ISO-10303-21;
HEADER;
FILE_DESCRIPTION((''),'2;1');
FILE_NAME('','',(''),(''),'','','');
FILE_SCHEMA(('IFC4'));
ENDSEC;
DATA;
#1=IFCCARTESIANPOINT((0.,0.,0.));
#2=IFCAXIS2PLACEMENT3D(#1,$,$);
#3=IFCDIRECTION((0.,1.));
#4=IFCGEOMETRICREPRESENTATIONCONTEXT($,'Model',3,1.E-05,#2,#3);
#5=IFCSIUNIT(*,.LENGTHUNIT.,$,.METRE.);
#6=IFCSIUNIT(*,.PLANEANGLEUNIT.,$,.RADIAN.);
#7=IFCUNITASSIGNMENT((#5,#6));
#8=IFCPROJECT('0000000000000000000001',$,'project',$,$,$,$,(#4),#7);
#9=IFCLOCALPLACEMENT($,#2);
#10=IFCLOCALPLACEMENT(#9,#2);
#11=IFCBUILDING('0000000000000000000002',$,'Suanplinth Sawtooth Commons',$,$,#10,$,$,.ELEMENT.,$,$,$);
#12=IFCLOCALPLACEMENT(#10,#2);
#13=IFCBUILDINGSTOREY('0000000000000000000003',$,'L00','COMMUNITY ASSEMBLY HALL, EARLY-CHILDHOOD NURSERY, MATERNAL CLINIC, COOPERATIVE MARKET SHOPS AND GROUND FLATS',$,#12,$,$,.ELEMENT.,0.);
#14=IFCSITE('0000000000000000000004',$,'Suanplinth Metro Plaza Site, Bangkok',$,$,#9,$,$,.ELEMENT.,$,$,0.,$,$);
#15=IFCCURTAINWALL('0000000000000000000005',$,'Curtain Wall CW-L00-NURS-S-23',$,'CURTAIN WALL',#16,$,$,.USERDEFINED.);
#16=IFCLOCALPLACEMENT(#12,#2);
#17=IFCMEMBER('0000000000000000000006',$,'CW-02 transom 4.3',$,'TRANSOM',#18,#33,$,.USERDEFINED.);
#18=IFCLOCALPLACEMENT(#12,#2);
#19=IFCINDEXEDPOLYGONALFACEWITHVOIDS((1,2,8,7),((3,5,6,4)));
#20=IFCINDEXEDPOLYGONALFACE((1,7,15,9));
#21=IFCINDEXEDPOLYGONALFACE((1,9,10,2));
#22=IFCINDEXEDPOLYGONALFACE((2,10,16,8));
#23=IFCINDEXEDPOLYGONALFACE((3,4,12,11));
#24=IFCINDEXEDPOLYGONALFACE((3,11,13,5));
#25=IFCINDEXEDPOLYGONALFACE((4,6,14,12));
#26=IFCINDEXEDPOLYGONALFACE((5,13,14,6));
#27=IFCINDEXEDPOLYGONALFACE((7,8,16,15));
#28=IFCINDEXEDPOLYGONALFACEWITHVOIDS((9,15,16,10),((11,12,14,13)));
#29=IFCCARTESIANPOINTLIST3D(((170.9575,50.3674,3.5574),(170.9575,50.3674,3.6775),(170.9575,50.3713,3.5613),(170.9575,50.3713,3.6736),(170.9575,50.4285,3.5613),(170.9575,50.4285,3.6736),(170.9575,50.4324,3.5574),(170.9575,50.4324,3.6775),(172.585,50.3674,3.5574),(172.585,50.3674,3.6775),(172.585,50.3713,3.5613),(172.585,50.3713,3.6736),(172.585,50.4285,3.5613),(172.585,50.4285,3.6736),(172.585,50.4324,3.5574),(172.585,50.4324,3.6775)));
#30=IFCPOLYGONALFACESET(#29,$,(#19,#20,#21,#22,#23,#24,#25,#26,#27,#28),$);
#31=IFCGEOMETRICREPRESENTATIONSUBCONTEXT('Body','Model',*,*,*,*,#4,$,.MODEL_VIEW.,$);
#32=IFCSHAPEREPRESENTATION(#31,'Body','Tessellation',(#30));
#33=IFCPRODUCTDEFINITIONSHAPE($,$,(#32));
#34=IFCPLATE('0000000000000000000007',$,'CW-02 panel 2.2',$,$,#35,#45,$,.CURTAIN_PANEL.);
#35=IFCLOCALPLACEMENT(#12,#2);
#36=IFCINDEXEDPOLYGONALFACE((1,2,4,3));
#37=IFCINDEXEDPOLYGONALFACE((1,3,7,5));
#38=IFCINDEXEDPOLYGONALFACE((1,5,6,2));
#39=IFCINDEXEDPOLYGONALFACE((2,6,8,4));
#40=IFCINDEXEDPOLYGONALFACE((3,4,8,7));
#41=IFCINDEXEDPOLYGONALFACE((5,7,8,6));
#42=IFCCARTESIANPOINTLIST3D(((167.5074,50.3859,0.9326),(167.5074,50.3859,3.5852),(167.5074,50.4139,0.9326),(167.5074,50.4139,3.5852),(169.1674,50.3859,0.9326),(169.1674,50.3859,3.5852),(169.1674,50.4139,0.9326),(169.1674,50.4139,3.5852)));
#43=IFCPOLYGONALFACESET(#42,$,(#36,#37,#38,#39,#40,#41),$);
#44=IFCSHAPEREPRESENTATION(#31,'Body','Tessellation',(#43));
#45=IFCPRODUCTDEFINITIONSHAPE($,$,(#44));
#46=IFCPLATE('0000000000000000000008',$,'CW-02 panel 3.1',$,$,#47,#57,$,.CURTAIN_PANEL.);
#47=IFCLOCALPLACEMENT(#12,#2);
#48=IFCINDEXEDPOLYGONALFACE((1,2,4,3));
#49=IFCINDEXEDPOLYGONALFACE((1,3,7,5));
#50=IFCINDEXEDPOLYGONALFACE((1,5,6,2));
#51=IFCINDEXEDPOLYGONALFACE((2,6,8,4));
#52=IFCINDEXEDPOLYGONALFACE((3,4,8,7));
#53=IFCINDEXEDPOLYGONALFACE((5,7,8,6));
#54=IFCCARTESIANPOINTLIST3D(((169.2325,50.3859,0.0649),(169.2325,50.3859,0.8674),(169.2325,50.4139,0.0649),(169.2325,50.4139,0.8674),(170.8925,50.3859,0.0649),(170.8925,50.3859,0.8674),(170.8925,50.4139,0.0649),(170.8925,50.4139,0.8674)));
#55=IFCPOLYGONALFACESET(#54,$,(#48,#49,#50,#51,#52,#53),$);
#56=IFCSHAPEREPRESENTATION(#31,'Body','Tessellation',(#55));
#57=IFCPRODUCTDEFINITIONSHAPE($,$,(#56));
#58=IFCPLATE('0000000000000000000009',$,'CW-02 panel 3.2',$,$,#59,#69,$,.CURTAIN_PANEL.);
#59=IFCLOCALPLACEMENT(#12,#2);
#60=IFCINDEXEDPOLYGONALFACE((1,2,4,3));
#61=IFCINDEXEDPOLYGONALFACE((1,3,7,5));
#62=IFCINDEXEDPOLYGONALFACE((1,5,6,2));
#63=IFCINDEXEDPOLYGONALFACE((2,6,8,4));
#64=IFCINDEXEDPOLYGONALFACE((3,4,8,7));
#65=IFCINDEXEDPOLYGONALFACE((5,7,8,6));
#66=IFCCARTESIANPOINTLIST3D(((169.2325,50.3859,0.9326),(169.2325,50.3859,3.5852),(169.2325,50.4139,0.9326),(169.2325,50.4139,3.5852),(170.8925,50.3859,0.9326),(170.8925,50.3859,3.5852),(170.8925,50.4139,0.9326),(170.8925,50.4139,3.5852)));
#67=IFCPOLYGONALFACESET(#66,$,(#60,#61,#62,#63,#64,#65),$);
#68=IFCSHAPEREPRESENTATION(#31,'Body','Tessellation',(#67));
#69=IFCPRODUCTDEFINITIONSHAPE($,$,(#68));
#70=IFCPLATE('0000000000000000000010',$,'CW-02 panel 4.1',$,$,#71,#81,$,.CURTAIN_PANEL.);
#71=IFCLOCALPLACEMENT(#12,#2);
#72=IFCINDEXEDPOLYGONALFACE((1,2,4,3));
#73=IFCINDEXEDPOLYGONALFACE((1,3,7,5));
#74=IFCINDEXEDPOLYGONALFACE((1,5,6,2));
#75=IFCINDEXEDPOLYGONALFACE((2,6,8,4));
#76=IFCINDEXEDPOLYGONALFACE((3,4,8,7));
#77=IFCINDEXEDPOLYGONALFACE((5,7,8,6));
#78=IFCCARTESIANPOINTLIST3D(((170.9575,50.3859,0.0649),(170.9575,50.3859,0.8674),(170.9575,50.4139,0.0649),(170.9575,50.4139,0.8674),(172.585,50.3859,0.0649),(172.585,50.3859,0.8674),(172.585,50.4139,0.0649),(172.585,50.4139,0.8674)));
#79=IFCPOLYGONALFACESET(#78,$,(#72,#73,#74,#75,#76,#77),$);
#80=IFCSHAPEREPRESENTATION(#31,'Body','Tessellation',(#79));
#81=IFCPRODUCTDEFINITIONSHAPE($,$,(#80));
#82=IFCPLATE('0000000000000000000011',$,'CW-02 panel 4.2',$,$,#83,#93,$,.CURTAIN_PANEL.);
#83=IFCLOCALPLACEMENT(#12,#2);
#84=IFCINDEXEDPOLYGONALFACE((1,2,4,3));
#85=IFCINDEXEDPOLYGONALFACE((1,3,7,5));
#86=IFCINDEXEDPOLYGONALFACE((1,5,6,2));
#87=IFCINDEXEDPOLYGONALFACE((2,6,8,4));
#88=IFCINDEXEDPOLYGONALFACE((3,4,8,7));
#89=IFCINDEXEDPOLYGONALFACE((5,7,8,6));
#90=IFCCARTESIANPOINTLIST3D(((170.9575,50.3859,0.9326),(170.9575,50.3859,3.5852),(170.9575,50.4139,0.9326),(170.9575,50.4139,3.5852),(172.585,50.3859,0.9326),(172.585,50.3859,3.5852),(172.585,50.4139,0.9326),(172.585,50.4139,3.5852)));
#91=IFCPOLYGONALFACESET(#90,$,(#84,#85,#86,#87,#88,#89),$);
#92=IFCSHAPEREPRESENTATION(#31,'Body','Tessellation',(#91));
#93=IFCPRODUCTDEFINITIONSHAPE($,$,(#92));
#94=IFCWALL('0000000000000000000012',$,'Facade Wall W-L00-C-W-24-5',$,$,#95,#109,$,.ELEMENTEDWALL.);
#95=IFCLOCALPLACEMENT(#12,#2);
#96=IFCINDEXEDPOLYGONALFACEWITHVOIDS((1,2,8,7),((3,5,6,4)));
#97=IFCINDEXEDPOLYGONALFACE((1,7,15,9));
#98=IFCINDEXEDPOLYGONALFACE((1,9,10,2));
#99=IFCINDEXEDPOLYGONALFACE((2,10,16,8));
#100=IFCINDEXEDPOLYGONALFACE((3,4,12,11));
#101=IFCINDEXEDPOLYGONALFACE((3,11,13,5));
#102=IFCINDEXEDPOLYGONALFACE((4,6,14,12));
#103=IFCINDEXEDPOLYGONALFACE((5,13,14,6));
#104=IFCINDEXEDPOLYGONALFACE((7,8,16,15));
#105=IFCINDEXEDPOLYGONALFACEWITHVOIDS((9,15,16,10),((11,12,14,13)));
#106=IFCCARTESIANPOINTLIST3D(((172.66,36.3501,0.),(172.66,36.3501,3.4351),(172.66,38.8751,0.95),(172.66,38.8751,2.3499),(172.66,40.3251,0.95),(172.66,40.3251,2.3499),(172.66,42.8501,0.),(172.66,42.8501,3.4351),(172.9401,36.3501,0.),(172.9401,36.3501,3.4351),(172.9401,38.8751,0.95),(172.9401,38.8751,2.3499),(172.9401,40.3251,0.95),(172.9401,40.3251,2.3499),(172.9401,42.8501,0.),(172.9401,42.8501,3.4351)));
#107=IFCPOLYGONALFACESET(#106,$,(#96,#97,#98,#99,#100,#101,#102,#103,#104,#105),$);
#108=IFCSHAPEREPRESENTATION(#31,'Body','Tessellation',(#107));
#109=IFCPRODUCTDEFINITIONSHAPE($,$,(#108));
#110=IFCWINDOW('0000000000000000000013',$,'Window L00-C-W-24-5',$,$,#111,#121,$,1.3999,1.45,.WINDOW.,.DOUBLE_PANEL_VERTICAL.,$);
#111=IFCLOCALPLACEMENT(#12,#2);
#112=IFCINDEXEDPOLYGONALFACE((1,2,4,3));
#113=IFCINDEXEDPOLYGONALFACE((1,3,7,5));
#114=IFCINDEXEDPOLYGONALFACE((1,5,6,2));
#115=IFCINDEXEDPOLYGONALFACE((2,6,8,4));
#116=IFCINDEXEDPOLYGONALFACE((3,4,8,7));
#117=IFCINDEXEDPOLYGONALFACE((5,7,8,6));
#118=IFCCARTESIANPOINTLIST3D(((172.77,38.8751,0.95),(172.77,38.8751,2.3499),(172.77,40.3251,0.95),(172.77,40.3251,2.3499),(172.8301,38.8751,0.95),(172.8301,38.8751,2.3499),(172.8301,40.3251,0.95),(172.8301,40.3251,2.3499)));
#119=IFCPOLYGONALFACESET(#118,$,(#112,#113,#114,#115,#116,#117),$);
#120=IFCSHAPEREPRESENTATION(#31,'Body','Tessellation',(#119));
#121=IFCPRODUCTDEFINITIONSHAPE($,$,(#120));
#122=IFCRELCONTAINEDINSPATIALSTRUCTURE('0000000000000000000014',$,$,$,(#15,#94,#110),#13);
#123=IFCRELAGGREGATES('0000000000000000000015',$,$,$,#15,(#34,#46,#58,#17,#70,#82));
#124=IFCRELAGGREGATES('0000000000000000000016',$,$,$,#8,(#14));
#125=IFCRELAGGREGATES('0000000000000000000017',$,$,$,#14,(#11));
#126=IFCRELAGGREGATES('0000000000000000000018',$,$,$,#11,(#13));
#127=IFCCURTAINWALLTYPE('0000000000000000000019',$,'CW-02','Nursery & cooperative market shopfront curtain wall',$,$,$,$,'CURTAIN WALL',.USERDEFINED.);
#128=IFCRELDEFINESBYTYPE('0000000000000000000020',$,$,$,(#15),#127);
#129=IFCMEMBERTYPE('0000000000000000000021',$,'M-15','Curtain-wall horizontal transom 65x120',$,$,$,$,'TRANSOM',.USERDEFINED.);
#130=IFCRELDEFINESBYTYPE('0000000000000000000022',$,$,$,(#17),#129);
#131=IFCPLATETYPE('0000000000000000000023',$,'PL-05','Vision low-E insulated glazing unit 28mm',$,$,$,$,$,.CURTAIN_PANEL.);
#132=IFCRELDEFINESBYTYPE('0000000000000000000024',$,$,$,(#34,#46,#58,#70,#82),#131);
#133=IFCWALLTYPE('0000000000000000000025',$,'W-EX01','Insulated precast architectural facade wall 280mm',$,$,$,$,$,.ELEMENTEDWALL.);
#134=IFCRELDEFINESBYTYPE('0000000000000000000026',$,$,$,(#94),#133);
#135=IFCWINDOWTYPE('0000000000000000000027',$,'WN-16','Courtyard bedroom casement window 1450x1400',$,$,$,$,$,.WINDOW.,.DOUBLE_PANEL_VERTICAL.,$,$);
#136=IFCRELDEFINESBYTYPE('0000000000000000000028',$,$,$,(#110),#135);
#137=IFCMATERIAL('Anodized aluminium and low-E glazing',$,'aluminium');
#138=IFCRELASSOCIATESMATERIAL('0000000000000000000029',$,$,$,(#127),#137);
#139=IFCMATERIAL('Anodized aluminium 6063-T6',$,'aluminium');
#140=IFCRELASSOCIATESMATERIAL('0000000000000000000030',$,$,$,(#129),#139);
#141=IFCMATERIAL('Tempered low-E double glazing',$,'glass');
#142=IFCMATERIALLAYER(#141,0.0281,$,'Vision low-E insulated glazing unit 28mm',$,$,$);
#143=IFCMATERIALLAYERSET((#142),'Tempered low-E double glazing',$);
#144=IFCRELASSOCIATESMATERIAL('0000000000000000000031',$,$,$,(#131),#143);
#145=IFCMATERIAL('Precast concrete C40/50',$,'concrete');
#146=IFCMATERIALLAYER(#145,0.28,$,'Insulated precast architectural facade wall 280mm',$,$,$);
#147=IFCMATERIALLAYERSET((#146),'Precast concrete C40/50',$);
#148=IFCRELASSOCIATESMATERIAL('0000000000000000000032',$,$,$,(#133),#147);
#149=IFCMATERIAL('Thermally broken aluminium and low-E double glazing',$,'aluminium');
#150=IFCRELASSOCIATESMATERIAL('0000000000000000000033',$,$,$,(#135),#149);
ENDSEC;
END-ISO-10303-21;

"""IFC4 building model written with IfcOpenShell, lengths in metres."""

from ifc_helpers import new_model, si_unit, direction, frame, frame_2d, origin, origin_2d, place, context, subcontext, project, spatial, rectangle, hollow_rectangle, extrude, material, layer, layer_set, material_profile, profile_set, type_object, element, fill, aggregate, save


model = new_model("IFC4")

# Units and contexts
model_context = context("Model", 3, precision=1e-05, world=origin(), true_north=direction((0.0, 1.0)))
body_context = subcontext(model_context, "Body", "Model", "MODEL_VIEW")
ifc_project = project(units=[si_unit("LENGTHUNIT", "METRE"), si_unit("PLANEANGLEUNIT", "RADIAN")], contexts=[model_context])

# Site, building, storey
site_placement = place(None, origin())
site = spatial("IfcSite", under=ifc_project, at=site_placement, Name="Suanplinth Metro Plaza Site, Bangkok", CompositionType="ELEMENT", RefElevation=0.0)
building_placement = place(site_placement, origin())
building = spatial("IfcBuilding", under=site, at=building_placement, Name="Suanplinth Sawtooth Commons", CompositionType="ELEMENT")
storey_placement = place(building_placement, origin())
storey = spatial("IfcBuildingStorey", under=building, at=storey_placement, Name="L00", Description="COMMUNITY ASSEMBLY HALL, EARLY-CHILDHOOD NURSERY, MATERNAL CLINIC, COOPERATIVE MARKET SHOPS AND GROUND FLATS", CompositionType="ELEMENT", Elevation=0.0)

# Shared definitions
ifc_material_1 = material(Name="Precast concrete C40/50", Category="concrete")

# Curtain wall, member, plates
ifc_material_2 = material(Name="Anodized aluminium and low-E glazing", Category="aluminium")
curtain_wall_type = type_object("IfcCurtainWallType", Name="CW-02", Description="Nursery & cooperative market shopfront curtain wall", ElementType="CURTAIN WALL", PredefinedType="USERDEFINED", material=ifc_material_2)
curtain_wall_placement = place(storey_placement, origin())
curtain_wall = element("IfcCurtainWall", 1, at=curtain_wall_placement, inside=storey, type_object=curtain_wall_type, Name="Curtain Wall CW-L00-NURS-S-23", ObjectType="CURTAIN WALL", PredefinedType="USERDEFINED")
ifc_material_3 = material(Name="Anodized aluminium 6063-T6", Category="aluminium")
ifc_material_profile_1 = material_profile(ifc_material_3, hollow_rectangle(XDim=0.0649, YDim=0.1201, WallThickness=0.0039, at=origin_2d()), Name="ALU-TRN 65x120")
ifc_profile_set_1 = profile_set([ifc_material_profile_1], Name="Anodized aluminium 6063-T6")
member_type_1 = type_object("IfcMemberType", Name="M-15", Description="Curtain-wall horizontal transom 65x120", ElementType="TRANSOM", PredefinedType="USERDEFINED", material=ifc_profile_set_1)
member_1_placement = place(storey_placement, frame((170.9575, 50.3999, 3.6174), z_axis=(1.0, 0.0, 0.0), x_axis=(0.0, 1.0, 0.0)))
member_1 = element("IfcMember", 2, at=member_1_placement, type_object=member_type_1, Name="CW-02 transom 4.3", ObjectType="TRANSOM", PredefinedType="USERDEFINED", context=body_context, shape_type="SweptSolid", body=[
    extrude(hollow_rectangle(XDim=0.0649, YDim=0.1201, WallThickness=0.0039, at=origin_2d()), origin(), (0.0, 0.0, 1.0), 1.6274),
])
ifc_material_4 = material(Name="Tempered low-E double glazing", Category="glass")
ifc_layer_1 = layer(ifc_material_4, 0.0281, Name="Vision low-E insulated glazing unit 28mm")
ifc_layer_set_1 = layer_set([ifc_layer_1], Name="Tempered low-E double glazing")
plate_type = type_object("IfcPlateType", Name="PL-05", Description="Vision low-E insulated glazing unit 28mm", PredefinedType="CURTAIN_PANEL", material=ifc_layer_set_1)
plate_1_placement = place(storey_placement, frame((168.3374, 50.3999, 0.9326), z_axis=(0.0, 0.0, 1.0), x_axis=(1.0, 0.0, 0.0)))
plate_1 = element("IfcPlate", 3, at=plate_1_placement, type_object=plate_type, Name="CW-02 panel 2.2", PredefinedType="CURTAIN_PANEL", context=body_context, shape_type="SweptSolid", body=[
    extrude(rectangle(XDim=1.6599, YDim=0.0281, at=origin_2d()), origin(), (0.0, 0.0, 1.0), 2.6526),
])
plate_2_placement = place(storey_placement, frame((170.0625, 50.3999, 0.0649), z_axis=(0.0, 0.0, 1.0), x_axis=(1.0, 0.0, 0.0)))
plate_2 = element("IfcPlate", 4, at=plate_2_placement, type_object=plate_type, Name="CW-02 panel 3.1", PredefinedType="CURTAIN_PANEL", context=body_context, shape_type="SweptSolid", body=[
    extrude(rectangle(XDim=1.6599, YDim=0.0281, at=origin_2d()), origin(), (0.0, 0.0, 1.0), 0.8025),
])
plate_3_placement = place(storey_placement, frame((170.0625, 50.3999, 0.9326), z_axis=(0.0, 0.0, 1.0), x_axis=(1.0, 0.0, 0.0)))
plate_3 = element("IfcPlate", 5, at=plate_3_placement, type_object=plate_type, Name="CW-02 panel 3.2", PredefinedType="CURTAIN_PANEL", context=body_context, shape_type="SweptSolid", body=[
    extrude(rectangle(XDim=1.6599, YDim=0.0281, at=origin_2d()), origin(), (0.0, 0.0, 1.0), 2.6526),
])
plate_4_placement = place(storey_placement, frame((171.7712, 50.3999, 0.0649), z_axis=(0.0, 0.0, 1.0), x_axis=(1.0, 0.0, 0.0)))
plate_4 = element("IfcPlate", 6, at=plate_4_placement, type_object=plate_type, Name="CW-02 panel 4.1", PredefinedType="CURTAIN_PANEL", context=body_context, shape_type="SweptSolid", body=[
    extrude(rectangle(XDim=1.6274, YDim=0.0281, at=origin_2d()), origin(), (0.0, 0.0, 1.0), 0.8025),
])
plate_5_placement = place(storey_placement, frame((171.7712, 50.3999, 0.9326), z_axis=(0.0, 0.0, 1.0), x_axis=(1.0, 0.0, 0.0)))
plate_5 = element("IfcPlate", 7, at=plate_5_placement, type_object=plate_type, Name="CW-02 panel 4.2", PredefinedType="CURTAIN_PANEL", context=body_context, shape_type="SweptSolid", body=[
    extrude(rectangle(XDim=1.6274, YDim=0.0281, at=origin_2d()), origin(), (0.0, 0.0, 1.0), 2.6526),
])
aggregate(curtain_wall, [plate_1, plate_2, plate_3, member_1, plate_4, plate_5])

# Wall, opening, window
ifc_layer_2 = layer(ifc_material_1, 0.28, Name="Insulated precast architectural facade wall 280mm")
ifc_layer_set_2 = layer_set([ifc_layer_2], Name="Precast concrete C40/50")
wall_type = type_object("IfcWallType", Name="W-EX01", Description="Insulated precast architectural facade wall 280mm", PredefinedType="ELEMENTEDWALL", material=ifc_layer_set_2)
wall_placement = place(storey_placement, frame((172.8, 36.3501, 0.0), z_axis=(0.0, 0.0, 1.0), x_axis=(0.0, 1.0, 0.0)))
wall = element("IfcWall", 8, at=wall_placement, inside=storey, type_object=wall_type, Name="Facade Wall W-L00-C-W-24-5", PredefinedType="ELEMENTEDWALL", context=body_context, shape_type="SweptSolid", body=[
    extrude(rectangle(XDim=6.5, YDim=0.28, at=frame_2d((3.25, 0.0))), origin(), (0.0, 0.0, 1.0), 3.4351),
])
opening_placement = place(wall_placement, frame((2.5249, 0.0, 0.95)))
opening = element("IfcOpeningElement", 9, at=opening_placement, cuts=wall, PredefinedType="OPENING", context=body_context, shape_type="SweptSolid", body=[
    extrude(rectangle(XDim=1.45, YDim=1.3999, at=frame_2d((0.7251, 0.7))), frame((0.0, 0.1548, 0.0), z_axis=(0.0, -1.0, 0.0), x_axis=(1.0, 0.0, 0.0)), (0.0, 0.0, 1.0), 0.3098),
])
ifc_material_5 = material(Name="Thermally broken aluminium and low-E double glazing", Category="aluminium")
window_type = type_object("IfcWindowType", Name="WN-16", Description="Courtyard bedroom casement window 1450x1400", PartitioningType="DOUBLE_PANEL_VERTICAL", PredefinedType="WINDOW", material=ifc_material_5)
window_placement = place(opening_placement, origin())
window = element("IfcWindow", 10, at=window_placement, inside=storey, type_object=window_type, Name="Window L00-C-W-24-5", OverallHeight=1.3999, OverallWidth=1.45, PartitioningType="DOUBLE_PANEL_VERTICAL", PredefinedType="WINDOW", context=body_context, shape_type="SweptSolid", body=[
    extrude(rectangle(XDim=1.45, YDim=1.3999, at=frame_2d((0.7251, 0.7))), frame((0.0, 0.03, 0.0), z_axis=(0.0, -1.0, 0.0), x_axis=(1.0, 0.0, 0.0)), (0.0, 0.0, 1.0), 0.0601),
])
fill(opening, window)

save(model, "model.ifc")
